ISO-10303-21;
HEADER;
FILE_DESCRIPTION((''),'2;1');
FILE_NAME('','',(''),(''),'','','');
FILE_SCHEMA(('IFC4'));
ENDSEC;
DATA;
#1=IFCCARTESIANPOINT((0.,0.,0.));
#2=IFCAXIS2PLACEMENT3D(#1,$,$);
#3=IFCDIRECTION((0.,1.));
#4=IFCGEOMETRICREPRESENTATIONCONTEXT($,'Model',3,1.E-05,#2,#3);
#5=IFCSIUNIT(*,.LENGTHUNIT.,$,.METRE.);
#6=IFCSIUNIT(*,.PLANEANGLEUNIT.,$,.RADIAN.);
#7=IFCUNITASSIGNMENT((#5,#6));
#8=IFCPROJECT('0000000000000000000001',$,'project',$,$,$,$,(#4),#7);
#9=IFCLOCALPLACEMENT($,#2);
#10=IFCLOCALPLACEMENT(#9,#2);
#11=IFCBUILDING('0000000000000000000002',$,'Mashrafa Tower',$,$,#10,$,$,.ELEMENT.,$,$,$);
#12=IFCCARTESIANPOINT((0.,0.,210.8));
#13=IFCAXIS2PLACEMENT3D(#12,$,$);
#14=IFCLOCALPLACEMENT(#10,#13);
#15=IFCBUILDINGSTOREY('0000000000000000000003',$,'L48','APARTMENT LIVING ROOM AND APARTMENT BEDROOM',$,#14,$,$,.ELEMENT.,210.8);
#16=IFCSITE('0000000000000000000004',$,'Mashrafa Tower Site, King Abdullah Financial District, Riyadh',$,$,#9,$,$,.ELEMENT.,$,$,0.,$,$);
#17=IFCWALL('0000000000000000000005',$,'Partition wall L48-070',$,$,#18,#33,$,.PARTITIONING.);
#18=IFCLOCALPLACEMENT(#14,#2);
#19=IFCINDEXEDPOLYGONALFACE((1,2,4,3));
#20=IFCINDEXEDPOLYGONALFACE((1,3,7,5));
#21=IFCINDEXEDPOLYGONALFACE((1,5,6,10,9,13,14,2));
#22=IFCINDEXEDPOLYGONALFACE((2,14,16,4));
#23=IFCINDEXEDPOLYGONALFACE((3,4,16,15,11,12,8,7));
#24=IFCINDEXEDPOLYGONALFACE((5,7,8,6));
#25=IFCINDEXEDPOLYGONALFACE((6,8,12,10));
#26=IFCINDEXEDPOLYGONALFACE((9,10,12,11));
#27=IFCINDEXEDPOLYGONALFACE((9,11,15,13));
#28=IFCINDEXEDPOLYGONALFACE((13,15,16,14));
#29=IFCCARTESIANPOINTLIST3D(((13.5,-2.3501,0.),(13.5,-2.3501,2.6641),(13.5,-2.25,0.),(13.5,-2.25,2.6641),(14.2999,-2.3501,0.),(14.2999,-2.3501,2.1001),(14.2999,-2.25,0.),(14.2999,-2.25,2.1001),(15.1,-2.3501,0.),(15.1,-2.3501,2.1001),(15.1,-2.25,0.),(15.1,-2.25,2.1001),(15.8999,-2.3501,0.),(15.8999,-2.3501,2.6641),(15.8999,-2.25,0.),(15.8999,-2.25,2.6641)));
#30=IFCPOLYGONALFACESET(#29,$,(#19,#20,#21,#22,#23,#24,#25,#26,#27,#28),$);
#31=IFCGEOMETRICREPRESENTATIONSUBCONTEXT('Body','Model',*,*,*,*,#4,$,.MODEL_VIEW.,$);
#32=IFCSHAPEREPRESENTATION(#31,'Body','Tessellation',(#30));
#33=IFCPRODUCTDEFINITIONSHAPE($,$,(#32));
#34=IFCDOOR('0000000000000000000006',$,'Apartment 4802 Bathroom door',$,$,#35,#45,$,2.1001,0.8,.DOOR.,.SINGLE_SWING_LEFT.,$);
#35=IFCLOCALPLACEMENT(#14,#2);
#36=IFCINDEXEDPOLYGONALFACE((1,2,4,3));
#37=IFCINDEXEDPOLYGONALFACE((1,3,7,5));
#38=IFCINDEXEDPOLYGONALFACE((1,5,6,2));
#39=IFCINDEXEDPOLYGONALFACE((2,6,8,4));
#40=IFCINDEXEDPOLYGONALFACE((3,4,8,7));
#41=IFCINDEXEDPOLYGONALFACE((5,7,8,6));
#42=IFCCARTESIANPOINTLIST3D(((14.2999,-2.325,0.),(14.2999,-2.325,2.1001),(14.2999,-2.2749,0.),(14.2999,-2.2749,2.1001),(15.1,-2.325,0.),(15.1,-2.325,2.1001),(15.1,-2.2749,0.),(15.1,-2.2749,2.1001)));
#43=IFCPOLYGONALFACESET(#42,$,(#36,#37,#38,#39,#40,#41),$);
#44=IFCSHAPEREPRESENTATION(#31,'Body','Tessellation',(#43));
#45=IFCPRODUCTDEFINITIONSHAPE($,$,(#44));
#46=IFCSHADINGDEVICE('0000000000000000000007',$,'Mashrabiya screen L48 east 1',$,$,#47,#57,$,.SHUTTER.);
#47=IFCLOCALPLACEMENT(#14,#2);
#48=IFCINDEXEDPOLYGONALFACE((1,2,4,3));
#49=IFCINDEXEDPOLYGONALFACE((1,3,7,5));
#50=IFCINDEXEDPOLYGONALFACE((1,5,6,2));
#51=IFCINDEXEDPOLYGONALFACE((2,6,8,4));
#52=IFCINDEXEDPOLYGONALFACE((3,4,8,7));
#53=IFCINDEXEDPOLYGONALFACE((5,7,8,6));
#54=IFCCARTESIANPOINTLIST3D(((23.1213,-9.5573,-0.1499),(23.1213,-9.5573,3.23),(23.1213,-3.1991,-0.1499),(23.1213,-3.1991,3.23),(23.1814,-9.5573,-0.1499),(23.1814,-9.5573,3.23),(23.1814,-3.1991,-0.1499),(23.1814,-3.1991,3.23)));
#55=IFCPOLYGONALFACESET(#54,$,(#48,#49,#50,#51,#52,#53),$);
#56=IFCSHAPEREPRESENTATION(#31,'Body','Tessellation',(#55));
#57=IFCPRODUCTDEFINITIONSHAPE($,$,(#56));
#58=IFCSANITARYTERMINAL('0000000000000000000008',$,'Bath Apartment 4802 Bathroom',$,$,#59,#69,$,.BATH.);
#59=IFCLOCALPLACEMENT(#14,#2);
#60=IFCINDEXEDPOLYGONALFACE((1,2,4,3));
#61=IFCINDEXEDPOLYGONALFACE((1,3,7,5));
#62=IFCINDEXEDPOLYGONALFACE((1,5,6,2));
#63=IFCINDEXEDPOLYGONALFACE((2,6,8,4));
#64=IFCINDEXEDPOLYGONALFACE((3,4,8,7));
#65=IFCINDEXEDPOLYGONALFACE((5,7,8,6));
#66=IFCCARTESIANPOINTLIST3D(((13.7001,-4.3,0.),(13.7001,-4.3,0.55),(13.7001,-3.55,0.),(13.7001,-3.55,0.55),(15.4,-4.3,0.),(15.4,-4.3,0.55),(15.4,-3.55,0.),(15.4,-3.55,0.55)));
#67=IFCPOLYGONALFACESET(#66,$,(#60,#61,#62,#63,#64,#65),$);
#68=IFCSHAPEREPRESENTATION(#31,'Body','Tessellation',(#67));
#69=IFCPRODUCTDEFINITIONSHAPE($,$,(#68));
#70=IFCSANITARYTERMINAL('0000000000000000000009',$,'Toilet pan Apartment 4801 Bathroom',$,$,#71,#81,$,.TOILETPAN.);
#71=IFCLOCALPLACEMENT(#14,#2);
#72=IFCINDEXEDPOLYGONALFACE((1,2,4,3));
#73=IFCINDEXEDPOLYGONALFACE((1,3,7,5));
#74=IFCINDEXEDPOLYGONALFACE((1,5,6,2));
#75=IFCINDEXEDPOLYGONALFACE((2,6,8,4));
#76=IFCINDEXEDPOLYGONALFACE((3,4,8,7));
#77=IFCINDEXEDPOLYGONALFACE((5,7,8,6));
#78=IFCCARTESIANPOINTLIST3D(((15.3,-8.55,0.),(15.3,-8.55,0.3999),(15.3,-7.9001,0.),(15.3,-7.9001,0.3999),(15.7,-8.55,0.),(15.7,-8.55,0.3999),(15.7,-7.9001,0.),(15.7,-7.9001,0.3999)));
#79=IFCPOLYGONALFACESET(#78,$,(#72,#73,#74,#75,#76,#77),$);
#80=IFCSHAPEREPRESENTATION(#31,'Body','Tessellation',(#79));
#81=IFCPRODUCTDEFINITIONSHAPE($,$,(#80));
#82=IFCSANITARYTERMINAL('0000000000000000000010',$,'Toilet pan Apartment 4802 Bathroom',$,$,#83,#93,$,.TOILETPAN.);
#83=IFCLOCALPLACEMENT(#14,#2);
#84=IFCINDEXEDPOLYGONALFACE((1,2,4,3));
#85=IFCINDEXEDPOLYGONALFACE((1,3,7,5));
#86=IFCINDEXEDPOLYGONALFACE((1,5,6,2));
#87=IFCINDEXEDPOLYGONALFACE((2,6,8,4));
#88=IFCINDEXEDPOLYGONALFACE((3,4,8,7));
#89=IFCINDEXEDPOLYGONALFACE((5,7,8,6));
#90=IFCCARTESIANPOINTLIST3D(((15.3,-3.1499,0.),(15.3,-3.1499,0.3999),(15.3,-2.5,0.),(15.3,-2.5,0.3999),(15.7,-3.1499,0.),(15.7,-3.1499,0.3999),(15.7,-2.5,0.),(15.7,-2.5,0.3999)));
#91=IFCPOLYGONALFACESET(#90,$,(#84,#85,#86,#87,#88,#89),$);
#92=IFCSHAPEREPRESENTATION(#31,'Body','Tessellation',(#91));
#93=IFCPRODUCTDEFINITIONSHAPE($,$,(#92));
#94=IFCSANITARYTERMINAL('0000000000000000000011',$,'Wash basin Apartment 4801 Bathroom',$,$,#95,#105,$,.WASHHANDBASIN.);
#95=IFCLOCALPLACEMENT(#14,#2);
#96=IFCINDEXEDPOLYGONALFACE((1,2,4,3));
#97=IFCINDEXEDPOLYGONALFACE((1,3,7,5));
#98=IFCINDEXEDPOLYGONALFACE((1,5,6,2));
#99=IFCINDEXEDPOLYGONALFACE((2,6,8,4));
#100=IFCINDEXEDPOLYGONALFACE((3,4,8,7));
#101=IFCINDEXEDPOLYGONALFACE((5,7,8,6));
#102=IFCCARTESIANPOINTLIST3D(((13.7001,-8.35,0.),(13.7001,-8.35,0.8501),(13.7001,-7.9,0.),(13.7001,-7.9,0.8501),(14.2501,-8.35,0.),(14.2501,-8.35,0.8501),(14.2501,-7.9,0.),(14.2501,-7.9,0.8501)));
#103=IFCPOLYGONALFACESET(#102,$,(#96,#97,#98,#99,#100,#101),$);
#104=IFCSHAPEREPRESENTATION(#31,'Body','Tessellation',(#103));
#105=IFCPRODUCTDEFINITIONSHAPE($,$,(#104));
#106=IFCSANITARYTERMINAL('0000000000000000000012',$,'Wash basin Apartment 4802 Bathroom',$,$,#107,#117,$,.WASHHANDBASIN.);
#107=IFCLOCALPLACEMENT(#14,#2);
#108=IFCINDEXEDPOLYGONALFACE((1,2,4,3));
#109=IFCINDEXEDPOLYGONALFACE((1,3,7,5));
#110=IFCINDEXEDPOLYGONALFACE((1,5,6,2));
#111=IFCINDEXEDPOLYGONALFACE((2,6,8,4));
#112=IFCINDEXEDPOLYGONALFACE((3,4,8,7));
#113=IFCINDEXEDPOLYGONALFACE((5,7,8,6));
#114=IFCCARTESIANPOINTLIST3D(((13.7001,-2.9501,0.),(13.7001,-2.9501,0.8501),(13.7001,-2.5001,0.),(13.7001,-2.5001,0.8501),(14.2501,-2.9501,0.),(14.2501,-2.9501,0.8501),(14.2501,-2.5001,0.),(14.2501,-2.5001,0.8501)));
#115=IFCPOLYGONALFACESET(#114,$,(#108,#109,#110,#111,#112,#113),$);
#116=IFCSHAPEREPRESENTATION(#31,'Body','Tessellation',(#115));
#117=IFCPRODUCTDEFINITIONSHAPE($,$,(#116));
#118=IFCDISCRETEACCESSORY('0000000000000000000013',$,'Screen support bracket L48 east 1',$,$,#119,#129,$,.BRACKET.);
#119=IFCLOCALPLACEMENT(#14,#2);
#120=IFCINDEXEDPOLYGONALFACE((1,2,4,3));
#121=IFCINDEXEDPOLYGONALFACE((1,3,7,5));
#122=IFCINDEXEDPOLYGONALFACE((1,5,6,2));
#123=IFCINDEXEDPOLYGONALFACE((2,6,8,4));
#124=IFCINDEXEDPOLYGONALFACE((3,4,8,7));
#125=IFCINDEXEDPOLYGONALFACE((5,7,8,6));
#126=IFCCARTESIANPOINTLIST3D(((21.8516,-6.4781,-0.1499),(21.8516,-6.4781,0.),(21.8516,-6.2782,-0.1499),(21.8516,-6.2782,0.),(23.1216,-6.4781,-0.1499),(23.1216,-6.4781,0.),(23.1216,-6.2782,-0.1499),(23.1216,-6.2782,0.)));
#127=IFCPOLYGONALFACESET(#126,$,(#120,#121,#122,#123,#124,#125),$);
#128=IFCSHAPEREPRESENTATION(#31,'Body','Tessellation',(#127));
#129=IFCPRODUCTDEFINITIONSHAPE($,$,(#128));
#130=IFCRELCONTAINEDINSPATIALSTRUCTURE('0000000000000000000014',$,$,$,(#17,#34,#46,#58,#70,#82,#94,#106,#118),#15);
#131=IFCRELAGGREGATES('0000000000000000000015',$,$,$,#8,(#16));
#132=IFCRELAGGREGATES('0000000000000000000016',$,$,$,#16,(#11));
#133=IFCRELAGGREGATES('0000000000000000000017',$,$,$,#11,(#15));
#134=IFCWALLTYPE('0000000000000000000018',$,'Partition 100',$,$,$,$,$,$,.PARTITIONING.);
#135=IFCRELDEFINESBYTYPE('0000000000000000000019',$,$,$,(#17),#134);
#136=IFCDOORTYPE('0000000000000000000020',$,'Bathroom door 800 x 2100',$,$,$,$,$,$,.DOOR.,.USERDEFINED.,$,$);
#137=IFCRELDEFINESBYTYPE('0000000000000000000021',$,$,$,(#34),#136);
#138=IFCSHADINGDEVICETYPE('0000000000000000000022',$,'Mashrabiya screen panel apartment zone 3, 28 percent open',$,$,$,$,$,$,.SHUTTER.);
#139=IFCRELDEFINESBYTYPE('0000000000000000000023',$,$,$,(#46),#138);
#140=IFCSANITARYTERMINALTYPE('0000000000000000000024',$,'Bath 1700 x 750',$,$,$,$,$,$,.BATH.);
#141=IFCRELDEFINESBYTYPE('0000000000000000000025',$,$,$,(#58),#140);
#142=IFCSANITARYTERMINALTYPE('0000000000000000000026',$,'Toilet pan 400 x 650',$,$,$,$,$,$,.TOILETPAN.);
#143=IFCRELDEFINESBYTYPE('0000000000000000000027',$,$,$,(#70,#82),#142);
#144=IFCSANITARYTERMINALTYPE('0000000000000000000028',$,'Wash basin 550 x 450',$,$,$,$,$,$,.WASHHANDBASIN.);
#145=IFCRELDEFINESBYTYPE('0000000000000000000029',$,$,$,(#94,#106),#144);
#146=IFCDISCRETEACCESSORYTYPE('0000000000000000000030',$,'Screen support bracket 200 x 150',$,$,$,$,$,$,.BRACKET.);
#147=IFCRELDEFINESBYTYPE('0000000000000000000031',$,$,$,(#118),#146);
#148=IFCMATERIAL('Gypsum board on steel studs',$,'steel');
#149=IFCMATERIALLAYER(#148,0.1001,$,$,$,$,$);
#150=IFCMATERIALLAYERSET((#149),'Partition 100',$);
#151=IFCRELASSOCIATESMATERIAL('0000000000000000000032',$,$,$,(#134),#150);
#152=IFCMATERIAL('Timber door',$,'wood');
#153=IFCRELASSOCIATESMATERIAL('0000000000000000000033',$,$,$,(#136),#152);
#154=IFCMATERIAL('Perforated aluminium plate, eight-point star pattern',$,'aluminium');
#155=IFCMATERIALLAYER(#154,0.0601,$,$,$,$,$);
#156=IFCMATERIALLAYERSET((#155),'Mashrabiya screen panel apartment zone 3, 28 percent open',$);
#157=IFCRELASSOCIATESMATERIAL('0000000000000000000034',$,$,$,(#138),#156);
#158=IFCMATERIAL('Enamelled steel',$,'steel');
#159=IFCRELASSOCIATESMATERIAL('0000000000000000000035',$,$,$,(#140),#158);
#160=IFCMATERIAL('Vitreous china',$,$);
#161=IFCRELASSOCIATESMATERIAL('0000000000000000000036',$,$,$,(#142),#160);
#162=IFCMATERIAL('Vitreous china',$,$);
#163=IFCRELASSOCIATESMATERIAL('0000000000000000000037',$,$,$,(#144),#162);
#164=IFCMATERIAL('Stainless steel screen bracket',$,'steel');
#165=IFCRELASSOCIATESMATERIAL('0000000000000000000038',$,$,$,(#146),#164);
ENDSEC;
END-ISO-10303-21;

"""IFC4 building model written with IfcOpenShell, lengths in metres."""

from ifc_helpers import new_model, si_unit, direction, frame, frame_2d, origin, origin_2d, place, context, subcontext, project, spatial, rectangle, extrude, source, transform, mapped, material, layer, layer_set, type_object, type_shapes, element, fill, save


model = new_model("IFC4")

# Units and contexts
model_context = context("Model", 3, precision=1e-05, world=origin(), true_north=direction((0.0, 1.0)))
body_context = subcontext(model_context, "Body", "Model", "MODEL_VIEW")
ifc_project = project(units=[si_unit("LENGTHUNIT", "METRE"), si_unit("PLANEANGLEUNIT", "RADIAN")], contexts=[model_context])

# Site, building, storey
site_placement = place(None, origin())
site = spatial("IfcSite", under=ifc_project, at=site_placement, Name="Mashrafa Tower Site, King Abdullah Financial District, Riyadh", CompositionType="ELEMENT", RefElevation=0.0)
building_placement = place(site_placement, origin())
building = spatial("IfcBuilding", under=site, at=building_placement, Name="Mashrafa Tower", CompositionType="ELEMENT")
storey_placement = place(building_placement, frame((0.0, 0.0, 210.8)))
storey = spatial("IfcBuildingStorey", under=building, at=storey_placement, Name="L48", Description="APARTMENT LIVING ROOM AND APARTMENT BEDROOM", CompositionType="ELEMENT", Elevation=210.8)

# Shared definitions
ifc_material_1 = material(Name="Gypsum board on steel studs", Category="steel")
ifc_layer_1 = layer(ifc_material_1, 0.1001)
ifc_layer_set_1 = layer_set([ifc_layer_1], Name="Partition 100")
wall_type_1 = type_object("IfcWallType", Name="Partition 100", PredefinedType="PARTITIONING", material=ifc_layer_set_1)
ifc_material_2 = material(Name="Timber door", Category="wood")
door_type_1 = type_object("IfcDoorType", Name="Bathroom door 800 x 2100", OperationType="USERDEFINED", PredefinedType="DOOR", material=ifc_material_2)

# Wall, opening, door
wall_1_placement = place(storey_placement, frame((15.8999, -2.3, 0.0), z_axis=(0.0, 0.0, 1.0), x_axis=(-1.0, 0.0, 0.0)))
wall_1 = element("IfcWall", 1, at=wall_1_placement, inside=storey, type_object=wall_type_1, Name="Partition wall L48-070", PredefinedType="PARTITIONING", context=body_context, shape_type="SweptSolid", body=[
    extrude(rectangle(XDim=2.3999, YDim=0.1001, at=frame_2d((1.2, 0.0))), origin(), (0.0, 0.0, 1.0), 2.6641),
])
opening_1_placement = place(wall_1_placement, frame((0.8, 0.0, 0.0)))
opening_1 = element("IfcOpeningElement", 2, at=opening_1_placement, cuts=wall_1, PredefinedType="OPENING", context=body_context, shape_type="SweptSolid", body=[
    extrude(rectangle(XDim=0.8, YDim=2.1001, at=frame_2d((0.3999, 1.05))), frame((0.0, 0.0601, 0.0), z_axis=(0.0, -1.0, 0.0), x_axis=(1.0, 0.0, 0.0)), (0.0, 0.0, 1.0), 0.1201),
])
door_1_placement = place(opening_1_placement, origin())
door_1 = element("IfcDoor", 3, at=door_1_placement, inside=storey, type_object=door_type_1, Name="Apartment 4802 Bathroom door", OperationType="SINGLE_SWING_LEFT", OverallHeight=2.1001, OverallWidth=0.8, PredefinedType="DOOR", context=body_context, shape_type="SweptSolid", body=[
    extrude(rectangle(XDim=0.8, YDim=2.1001, at=frame_2d((0.3999, 1.05))), frame((0.0, 0.0249, 0.0), z_axis=(0.0, -1.0, 0.0), x_axis=(1.0, 0.0, 0.0)), (0.0, 0.0, 1.0), 0.05),
])
fill(opening_1, door_1)

# Shading device
ifc_material_3 = material(Name="Perforated aluminium plate, eight-point star pattern", Category="aluminium")
ifc_layer_2 = layer(ifc_material_3, 0.0601)
ifc_layer_set_2 = layer_set([ifc_layer_2], Name="Mashrabiya screen panel apartment zone 3, 28 percent open")
shading_device_type = type_object("IfcShadingDeviceType", Name="Mashrabiya screen panel apartment zone 3, 28 percent open", PredefinedType="SHUTTER", material=ifc_layer_set_2)
shared_shape_1 = source(origin(), body_context, "Body", "SweptSolid", [
    extrude(rectangle(XDim=6.3582, YDim=0.0601, at=origin_2d()), origin(), (0.0, 0.0, 1.0), 3.3799),
])
type_shapes(shading_device_type, [shared_shape_1])
shading_device_placement = place(storey_placement, frame((23.1514, -6.3782, -0.1499), z_axis=(0.0, 0.0, 1.0), x_axis=(0.0, 1.0, 0.0)))
element("IfcShadingDevice", 4, at=shading_device_placement, inside=storey, type_object=shading_device_type, Name="Mashrabiya screen L48 east 1", PredefinedType="SHUTTER", context=body_context, shape_type="MappedRepresentation", body=[
    mapped(shared_shape_1, transform((0.0, 0.0, 0.0))),
])

# Sanitary terminals
ifc_material_4 = material(Name="Enamelled steel", Category="steel")
sanitary_terminal_type_1 = type_object("IfcSanitaryTerminalType", Name="Bath 1700 x 750", PredefinedType="BATH", material=ifc_material_4)
sanitary_terminal_placement = place(storey_placement, frame((14.55, -3.925, 0.0), z_axis=(0.0, 0.0, 1.0), x_axis=(1.0, 0.0, 0.0)))
element("IfcSanitaryTerminal", 5, at=sanitary_terminal_placement, inside=storey, type_object=sanitary_terminal_type_1, Name="Bath Apartment 4802 Bathroom", PredefinedType="BATH", context=body_context, shape_type="SweptSolid", body=[
    extrude(rectangle(XDim=1.7, YDim=0.75, at=origin_2d()), origin(), (0.0, 0.0, 1.0), 0.55),
])
ifc_material_5 = material(Name="Vitreous china")
sanitary_terminal_type_2 = type_object("IfcSanitaryTerminalType", Name="Toilet pan 400 x 650", PredefinedType="TOILETPAN", material=ifc_material_5)
for number, where, z_axis, x_axis, name in (
    (6, (15.5, -8.2251, 0.0), (0.0, 0.0, 1.0), (-1.0, 0.0, 0.0), "Toilet pan Apartment 4801 Bathroom"),
    (7, (15.5, -2.825, 0.0), (0.0, 0.0, 1.0), (-1.0, 0.0, 0.0), "Toilet pan Apartment 4802 Bathroom"),
):
    element("IfcSanitaryTerminal", number, at=place(storey_placement, frame(where, z_axis=z_axis, x_axis=x_axis)), inside=storey, type_object=sanitary_terminal_type_2, Name=name, PredefinedType="TOILETPAN", context=body_context, shape_type="SweptSolid", body=[
        extrude(rectangle(XDim=0.3999, YDim=0.6499, at=origin_2d()), origin(), (0.0, 0.0, 1.0), 0.3999),
    ])
ifc_material_6 = material(Name="Vitreous china")
sanitary_terminal_type_3 = type_object("IfcSanitaryTerminalType", Name="Wash basin 550 x 450", PredefinedType="WASHHANDBASIN", material=ifc_material_6)
for number, where, z_axis, x_axis, name in (
    (8, (13.9751, -8.125, 0.0), (0.0, 0.0, 1.0), (-1.0, 0.0, 0.0), "Wash basin Apartment 4801 Bathroom"),
    (9, (13.9751, -2.7251, 0.0), (0.0, 0.0, 1.0), (-1.0, 0.0, 0.0), "Wash basin Apartment 4802 Bathroom"),
):
    element("IfcSanitaryTerminal", number, at=place(storey_placement, frame(where, z_axis=z_axis, x_axis=x_axis)), inside=storey, type_object=sanitary_terminal_type_3, Name=name, PredefinedType="WASHHANDBASIN", context=body_context, shape_type="SweptSolid", body=[
        extrude(rectangle(XDim=0.55, YDim=0.45, at=origin_2d()), origin(), (0.0, 0.0, 1.0), 0.8501),
    ])

# Discrete accessory
ifc_material_7 = material(Name="Stainless steel screen bracket", Category="steel")
discrete_accessory_type = type_object("IfcDiscreteAccessoryType", Name="Screen support bracket 200 x 150", PredefinedType="BRACKET", material=ifc_material_7)
shared_shape_2 = source(origin(), body_context, "Body", "SweptSolid", [
    extrude(rectangle(XDim=0.2, YDim=1.27, at=origin_2d()), origin(), (0.0, 0.0, 1.0), 0.1499),
])
type_shapes(discrete_accessory_type, [shared_shape_2])
discrete_accessory_placement = place(storey_placement, frame((22.4866, -6.3782, -0.1499), z_axis=(0.0, 0.0, 1.0), x_axis=(0.0, 1.0, 0.0)))
element("IfcDiscreteAccessory", 10, at=discrete_accessory_placement, inside=storey, type_object=discrete_accessory_type, Name="Screen support bracket L48 east 1", PredefinedType="BRACKET", context=body_context, shape_type="MappedRepresentation", body=[
    mapped(shared_shape_2, transform((0.0, 0.0, 0.0))),
])

save(model, "model.ifc")
